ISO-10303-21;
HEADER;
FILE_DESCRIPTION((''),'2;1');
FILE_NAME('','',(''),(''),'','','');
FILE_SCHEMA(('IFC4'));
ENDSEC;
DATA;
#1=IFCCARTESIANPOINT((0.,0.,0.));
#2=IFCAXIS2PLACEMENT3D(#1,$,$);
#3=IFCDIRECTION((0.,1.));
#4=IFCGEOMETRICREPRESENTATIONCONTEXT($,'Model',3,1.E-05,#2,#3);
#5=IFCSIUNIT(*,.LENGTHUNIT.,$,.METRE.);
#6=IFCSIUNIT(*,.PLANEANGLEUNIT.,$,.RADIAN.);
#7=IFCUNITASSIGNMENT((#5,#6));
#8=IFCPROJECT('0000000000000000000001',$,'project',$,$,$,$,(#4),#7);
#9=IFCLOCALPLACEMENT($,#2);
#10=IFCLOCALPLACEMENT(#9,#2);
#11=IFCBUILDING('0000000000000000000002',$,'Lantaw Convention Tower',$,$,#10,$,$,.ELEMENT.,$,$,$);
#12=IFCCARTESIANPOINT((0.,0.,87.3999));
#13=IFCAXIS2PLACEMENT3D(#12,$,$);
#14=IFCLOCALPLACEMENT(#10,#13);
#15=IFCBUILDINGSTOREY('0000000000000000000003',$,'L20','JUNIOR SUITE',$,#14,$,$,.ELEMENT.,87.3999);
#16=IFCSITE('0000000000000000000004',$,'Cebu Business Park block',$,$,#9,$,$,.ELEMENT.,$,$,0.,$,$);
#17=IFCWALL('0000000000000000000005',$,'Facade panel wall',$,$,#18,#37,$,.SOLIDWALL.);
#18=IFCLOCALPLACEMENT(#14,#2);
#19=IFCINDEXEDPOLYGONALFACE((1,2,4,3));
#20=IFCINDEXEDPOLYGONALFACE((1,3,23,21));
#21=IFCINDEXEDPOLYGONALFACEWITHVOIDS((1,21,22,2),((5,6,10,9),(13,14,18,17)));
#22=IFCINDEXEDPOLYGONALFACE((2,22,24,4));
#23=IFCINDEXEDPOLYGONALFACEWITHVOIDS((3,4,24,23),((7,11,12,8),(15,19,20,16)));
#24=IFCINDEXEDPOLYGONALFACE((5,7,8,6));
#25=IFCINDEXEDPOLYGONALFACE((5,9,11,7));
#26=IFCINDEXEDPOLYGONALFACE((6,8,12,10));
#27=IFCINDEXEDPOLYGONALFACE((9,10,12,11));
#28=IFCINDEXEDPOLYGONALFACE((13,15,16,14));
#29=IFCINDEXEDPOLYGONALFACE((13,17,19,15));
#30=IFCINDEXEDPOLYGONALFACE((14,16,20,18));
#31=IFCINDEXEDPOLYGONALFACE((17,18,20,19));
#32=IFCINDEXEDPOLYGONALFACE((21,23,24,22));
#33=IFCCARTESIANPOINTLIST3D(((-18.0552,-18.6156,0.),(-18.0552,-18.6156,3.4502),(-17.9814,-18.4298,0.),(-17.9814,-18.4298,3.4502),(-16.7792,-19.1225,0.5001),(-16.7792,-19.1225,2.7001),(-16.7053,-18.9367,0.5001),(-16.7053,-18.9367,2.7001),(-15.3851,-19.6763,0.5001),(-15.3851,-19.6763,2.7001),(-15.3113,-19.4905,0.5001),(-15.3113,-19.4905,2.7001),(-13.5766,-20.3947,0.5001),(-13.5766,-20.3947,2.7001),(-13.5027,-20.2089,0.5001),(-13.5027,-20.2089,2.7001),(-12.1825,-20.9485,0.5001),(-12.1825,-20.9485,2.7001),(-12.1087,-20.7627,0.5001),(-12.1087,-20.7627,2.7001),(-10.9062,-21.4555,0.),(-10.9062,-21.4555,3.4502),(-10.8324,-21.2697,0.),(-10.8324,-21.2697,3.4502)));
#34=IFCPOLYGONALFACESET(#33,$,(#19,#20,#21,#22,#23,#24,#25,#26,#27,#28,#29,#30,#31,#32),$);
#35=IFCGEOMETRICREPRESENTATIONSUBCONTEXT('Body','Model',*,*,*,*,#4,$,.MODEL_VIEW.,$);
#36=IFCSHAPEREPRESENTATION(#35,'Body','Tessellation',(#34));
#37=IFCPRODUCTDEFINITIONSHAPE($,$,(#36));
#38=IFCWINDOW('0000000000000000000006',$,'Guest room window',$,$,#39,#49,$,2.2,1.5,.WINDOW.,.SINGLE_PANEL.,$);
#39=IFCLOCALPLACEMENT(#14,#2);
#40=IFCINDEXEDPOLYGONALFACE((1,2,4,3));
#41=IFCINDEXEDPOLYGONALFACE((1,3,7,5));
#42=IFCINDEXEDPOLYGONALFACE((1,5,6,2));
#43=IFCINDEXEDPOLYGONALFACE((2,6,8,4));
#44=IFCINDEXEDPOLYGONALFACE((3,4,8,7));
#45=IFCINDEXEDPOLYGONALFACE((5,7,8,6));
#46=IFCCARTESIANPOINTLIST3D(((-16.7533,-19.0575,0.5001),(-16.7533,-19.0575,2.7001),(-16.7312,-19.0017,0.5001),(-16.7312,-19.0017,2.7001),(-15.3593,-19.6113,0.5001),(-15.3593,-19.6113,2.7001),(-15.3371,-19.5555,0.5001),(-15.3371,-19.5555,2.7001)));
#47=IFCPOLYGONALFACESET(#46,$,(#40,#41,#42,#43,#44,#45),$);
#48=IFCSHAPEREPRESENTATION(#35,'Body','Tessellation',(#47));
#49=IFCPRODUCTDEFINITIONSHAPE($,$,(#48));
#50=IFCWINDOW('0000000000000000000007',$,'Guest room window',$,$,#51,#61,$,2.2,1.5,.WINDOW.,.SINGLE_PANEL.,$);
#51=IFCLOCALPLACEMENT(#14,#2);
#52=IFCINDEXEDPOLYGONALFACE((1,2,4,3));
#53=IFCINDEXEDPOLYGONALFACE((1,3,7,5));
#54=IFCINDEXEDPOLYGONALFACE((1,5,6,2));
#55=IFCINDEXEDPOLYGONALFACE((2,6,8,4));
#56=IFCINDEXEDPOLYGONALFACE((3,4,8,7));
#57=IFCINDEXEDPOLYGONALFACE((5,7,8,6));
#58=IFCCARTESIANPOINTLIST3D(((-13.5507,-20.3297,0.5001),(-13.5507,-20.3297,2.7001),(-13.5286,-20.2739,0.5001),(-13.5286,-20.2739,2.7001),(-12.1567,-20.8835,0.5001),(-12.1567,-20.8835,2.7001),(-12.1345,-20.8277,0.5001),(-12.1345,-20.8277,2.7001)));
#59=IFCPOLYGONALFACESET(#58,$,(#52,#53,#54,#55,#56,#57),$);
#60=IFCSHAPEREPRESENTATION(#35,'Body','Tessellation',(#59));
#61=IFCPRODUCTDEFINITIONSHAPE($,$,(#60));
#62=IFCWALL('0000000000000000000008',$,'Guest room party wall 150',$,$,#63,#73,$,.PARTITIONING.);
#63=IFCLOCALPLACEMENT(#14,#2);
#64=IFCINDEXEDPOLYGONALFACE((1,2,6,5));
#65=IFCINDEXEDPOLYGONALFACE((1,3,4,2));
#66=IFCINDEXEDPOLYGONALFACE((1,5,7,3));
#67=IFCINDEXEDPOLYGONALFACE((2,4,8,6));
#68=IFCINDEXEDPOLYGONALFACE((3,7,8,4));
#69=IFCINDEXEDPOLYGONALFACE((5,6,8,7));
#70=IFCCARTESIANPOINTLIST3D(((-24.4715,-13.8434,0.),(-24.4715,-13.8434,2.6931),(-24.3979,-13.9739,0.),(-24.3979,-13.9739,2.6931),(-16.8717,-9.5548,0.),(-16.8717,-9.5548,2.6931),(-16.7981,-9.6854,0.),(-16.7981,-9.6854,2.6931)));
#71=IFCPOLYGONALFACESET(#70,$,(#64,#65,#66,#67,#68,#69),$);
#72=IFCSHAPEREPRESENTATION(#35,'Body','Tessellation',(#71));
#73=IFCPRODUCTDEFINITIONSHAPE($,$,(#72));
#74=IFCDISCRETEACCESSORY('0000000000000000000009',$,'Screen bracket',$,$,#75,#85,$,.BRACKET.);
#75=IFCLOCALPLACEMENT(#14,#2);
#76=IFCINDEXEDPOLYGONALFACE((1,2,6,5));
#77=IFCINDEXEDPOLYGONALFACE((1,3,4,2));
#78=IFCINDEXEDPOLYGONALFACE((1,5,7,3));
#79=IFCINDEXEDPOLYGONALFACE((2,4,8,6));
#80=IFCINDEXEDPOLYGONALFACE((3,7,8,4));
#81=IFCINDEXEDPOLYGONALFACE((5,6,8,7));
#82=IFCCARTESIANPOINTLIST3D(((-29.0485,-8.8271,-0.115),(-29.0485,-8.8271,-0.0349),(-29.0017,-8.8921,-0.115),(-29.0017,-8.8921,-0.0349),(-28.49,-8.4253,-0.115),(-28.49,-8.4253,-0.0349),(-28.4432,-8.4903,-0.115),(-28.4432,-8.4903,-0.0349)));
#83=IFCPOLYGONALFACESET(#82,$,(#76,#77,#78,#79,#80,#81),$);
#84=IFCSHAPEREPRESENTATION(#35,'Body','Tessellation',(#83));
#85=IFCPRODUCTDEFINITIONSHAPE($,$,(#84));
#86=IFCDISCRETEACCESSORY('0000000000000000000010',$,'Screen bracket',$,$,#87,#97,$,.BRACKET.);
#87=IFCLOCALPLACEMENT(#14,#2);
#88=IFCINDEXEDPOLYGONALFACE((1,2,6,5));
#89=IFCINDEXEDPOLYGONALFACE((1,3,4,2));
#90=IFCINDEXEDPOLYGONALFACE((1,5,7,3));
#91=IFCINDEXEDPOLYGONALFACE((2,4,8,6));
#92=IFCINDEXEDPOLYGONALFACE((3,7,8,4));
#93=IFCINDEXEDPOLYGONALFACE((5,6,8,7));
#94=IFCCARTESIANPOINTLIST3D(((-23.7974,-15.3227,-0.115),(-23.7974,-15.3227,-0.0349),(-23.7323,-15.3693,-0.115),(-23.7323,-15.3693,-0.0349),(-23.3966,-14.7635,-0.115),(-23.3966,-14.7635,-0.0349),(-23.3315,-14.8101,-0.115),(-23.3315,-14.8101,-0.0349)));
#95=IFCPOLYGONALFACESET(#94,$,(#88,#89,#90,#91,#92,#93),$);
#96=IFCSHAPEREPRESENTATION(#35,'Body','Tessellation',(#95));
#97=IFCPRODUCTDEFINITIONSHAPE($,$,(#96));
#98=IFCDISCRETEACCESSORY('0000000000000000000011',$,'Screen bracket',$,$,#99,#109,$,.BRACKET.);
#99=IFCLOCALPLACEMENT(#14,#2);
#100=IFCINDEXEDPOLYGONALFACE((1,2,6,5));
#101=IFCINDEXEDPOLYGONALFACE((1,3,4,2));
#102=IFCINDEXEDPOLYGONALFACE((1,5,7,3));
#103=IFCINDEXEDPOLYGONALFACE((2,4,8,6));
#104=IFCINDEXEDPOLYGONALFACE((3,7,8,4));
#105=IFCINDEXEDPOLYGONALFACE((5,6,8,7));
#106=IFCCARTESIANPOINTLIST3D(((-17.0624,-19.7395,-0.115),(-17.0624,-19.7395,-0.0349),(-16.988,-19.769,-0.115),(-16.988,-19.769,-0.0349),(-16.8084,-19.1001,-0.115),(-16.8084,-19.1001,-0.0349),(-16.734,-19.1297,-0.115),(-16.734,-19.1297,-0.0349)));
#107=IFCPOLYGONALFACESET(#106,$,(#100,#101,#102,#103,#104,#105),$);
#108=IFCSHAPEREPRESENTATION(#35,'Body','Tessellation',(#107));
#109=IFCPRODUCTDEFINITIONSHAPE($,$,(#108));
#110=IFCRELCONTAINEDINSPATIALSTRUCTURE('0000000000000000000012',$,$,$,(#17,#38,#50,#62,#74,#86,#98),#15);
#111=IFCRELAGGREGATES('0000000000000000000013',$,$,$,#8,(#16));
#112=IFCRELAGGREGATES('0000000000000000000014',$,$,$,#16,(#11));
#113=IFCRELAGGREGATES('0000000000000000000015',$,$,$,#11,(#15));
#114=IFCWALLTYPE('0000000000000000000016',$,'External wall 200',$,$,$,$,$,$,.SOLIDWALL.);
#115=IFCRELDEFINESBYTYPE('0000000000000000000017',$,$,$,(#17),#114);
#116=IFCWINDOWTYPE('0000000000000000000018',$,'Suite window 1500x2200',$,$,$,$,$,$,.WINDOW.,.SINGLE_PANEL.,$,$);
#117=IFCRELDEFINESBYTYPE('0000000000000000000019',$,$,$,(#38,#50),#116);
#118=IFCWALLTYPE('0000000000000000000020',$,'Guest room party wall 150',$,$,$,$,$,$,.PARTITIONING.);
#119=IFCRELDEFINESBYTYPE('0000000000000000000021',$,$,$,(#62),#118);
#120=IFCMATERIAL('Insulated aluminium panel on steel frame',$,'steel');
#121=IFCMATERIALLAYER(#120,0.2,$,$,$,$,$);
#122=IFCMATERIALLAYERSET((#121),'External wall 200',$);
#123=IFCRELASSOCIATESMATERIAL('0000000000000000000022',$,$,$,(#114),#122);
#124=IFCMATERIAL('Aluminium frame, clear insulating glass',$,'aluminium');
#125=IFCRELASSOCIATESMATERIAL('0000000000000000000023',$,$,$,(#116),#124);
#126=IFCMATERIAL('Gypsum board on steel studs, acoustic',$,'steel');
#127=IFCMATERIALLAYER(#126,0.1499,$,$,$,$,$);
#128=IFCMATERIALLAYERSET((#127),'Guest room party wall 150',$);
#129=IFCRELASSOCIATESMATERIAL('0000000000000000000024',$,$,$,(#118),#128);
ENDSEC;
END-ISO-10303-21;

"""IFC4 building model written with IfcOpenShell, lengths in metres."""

from ifc_helpers import new_model, si_unit, direction, frame, frame_2d, origin, origin_2d, place, context, subcontext, project, spatial, rectangle, extrude, material, layer, layer_set, type_object, element, fill, save


model = new_model("IFC4")

# Units and contexts
model_context = context("Model", 3, precision=1e-05, world=origin(), true_north=direction((0.0, 1.0)))
body_context = subcontext(model_context, "Body", "Model", "MODEL_VIEW")
ifc_project = project(units=[si_unit("LENGTHUNIT", "METRE"), si_unit("PLANEANGLEUNIT", "RADIAN")], contexts=[model_context])

# Site, building, storey
site_placement = place(None, origin())
site = spatial("IfcSite", under=ifc_project, at=site_placement, Name="Cebu Business Park block", CompositionType="ELEMENT", RefElevation=0.0)
building_placement = place(site_placement, origin())
building = spatial("IfcBuilding", under=site, at=building_placement, Name="Lantaw Convention Tower", CompositionType="ELEMENT")
storey_placement = place(building_placement, frame((0.0, 0.0, 87.3999)))
storey = spatial("IfcBuildingStorey", under=building, at=storey_placement, Name="L20", Description="JUNIOR SUITE", CompositionType="ELEMENT", Elevation=87.3999)

# Wall, openings, windows
ifc_material_1 = material(Name="Insulated aluminium panel on steel frame", Category="steel")
ifc_layer_1 = layer(ifc_material_1, 0.2)
ifc_layer_set_1 = layer_set([ifc_layer_1], Name="External wall 200")
wall_type_1 = type_object("IfcWallType", Name="External wall 200", PredefinedType="SOLIDWALL", material=ifc_layer_set_1)
ifc_material_2 = material(Name="Aluminium frame, clear insulating glass", Category="aluminium")
window_type = type_object("IfcWindowType", Name="Suite window 1500x2200", PartitioningType="SINGLE_PANEL", PredefinedType="WINDOW", material=ifc_material_2)
wall_1_placement = place(storey_placement, frame((-18.0183, -18.5227, 0.0), z_axis=(0.0, 0.0, 1.0), x_axis=(0.929358, -0.369179, 0.0)))
wall_1 = element("IfcWall", 1, at=wall_1_placement, inside=storey, type_object=wall_type_1, Name="Facade panel wall", PredefinedType="SOLIDWALL", context=body_context, shape_type="SweptSolid", body=[
    extrude(rectangle(XDim=7.6924, YDim=0.2, at=frame_2d((3.8462, 0.0))), origin(), (0.0, 0.0, 1.0), 3.4502),
])
opening_1_placement = place(wall_1_placement, frame((1.373, 0.0, 0.5)))
opening_1 = element("IfcOpeningElement", 2, at=opening_1_placement, cuts=wall_1, PredefinedType="OPENING", context=body_context, shape_type="SweptSolid", body=[
    extrude(rectangle(XDim=1.5, YDim=2.2, at=frame_2d((0.75, 1.1001))), frame((0.0, 0.1099, 0.0), z_axis=(0.0, -1.0, 0.0), x_axis=(1.0, 0.0, 0.0)), (0.0, 0.0, 1.0), 0.22),
])
opening_2_placement = place(wall_1_placement, frame((4.8191, 0.0, 0.5)))
opening_2 = element("IfcOpeningElement", 3, at=opening_2_placement, cuts=wall_1, PredefinedType="OPENING", context=body_context, shape_type="SweptSolid", body=[
    extrude(rectangle(XDim=1.5, YDim=2.2, at=frame_2d((0.75, 1.1001))), frame((0.0, 0.1099, 0.0), z_axis=(0.0, -1.0, 0.0), x_axis=(1.0, 0.0, 0.0)), (0.0, 0.0, 1.0), 0.22),
])
window_1_placement = place(opening_1_placement, origin())
window_1 = element("IfcWindow", 4, at=window_1_placement, inside=storey, type_object=window_type, Name="Guest room window", OverallHeight=2.2, OverallWidth=1.5, PartitioningType="SINGLE_PANEL", PredefinedType="WINDOW", context=body_context, shape_type="SweptSolid", body=[
    extrude(rectangle(XDim=1.5, YDim=2.2, at=frame_2d((0.75, 1.1001))), frame((0.0, 0.03, 0.0), z_axis=(0.0, -1.0, 0.0), x_axis=(1.0, 0.0, 0.0)), (0.0, 0.0, 1.0), 0.0601),
])
fill(opening_1, window_1)
window_2_placement = place(opening_2_placement, origin())
window_2 = element("IfcWindow", 5, at=window_2_placement, inside=storey, type_object=window_type, Name="Guest room window", OverallHeight=2.2, OverallWidth=1.5, PartitioningType="SINGLE_PANEL", PredefinedType="WINDOW", context=body_context, shape_type="SweptSolid", body=[
    extrude(rectangle(XDim=1.5, YDim=2.2, at=frame_2d((0.75, 1.1001))), frame((0.0, 0.03, 0.0), z_axis=(0.0, -1.0, 0.0), x_axis=(1.0, 0.0, 0.0)), (0.0, 0.0, 1.0), 0.0601),
])
fill(opening_2, window_2)

# Wall
ifc_material_3 = material(Name="Gypsum board on steel studs, acoustic", Category="steel")
ifc_layer_2 = layer(ifc_material_3, 0.1499)
ifc_layer_set_2 = layer_set([ifc_layer_2], Name="Guest room party wall 150")
wall_type_2 = type_object("IfcWallType", Name="Guest room party wall 150", PredefinedType="PARTITIONING", material=ifc_layer_set_2)
wall_2_placement = place(storey_placement, frame((-24.4348, -13.9087, 0.0), z_axis=(0.0, 0.0, 1.0), x_axis=(0.870906, 0.49145, 0.0)))
element("IfcWall", 6, at=wall_2_placement, inside=storey, type_object=wall_type_2, Name="Guest room party wall 150", PredefinedType="PARTITIONING", context=body_context, shape_type="SweptSolid", body=[
    extrude(rectangle(XDim=8.7263, YDim=0.1499, at=frame_2d((4.3633, 0.0))), origin(), (0.0, 0.0, 1.0), 2.6931),
])

# Discrete accessories
for number, where, z_axis, x_axis, name in (
    (7, (-28.7458, -8.6587, -0.115), (0.0, 0.0, 1.0), (0.583951, -0.811789, 0.0), "Screen bracket"),
    (8, (-23.5645, -15.0664, -0.115), (0.0, 0.0, 1.0), (0.812804, -0.582538, 0.0), "Screen bracket"),
    (9, (-16.8982, -19.4346, -0.115), (0.0, 0.0, 1.0), (0.929361, -0.369172, 0.0), "Screen bracket"),
):
    element("IfcDiscreteAccessory", number, at=place(storey_placement, frame(where, z_axis=z_axis, x_axis=x_axis)), inside=storey, Name=name, PredefinedType="BRACKET", context=body_context, shape_type="SweptSolid", body=[
        extrude(rectangle(XDim=0.0801, YDim=0.688, at=origin_2d()), origin(), (0.0, 0.0, 1.0), 0.0801),
    ])

save(model, "model.ifc")
